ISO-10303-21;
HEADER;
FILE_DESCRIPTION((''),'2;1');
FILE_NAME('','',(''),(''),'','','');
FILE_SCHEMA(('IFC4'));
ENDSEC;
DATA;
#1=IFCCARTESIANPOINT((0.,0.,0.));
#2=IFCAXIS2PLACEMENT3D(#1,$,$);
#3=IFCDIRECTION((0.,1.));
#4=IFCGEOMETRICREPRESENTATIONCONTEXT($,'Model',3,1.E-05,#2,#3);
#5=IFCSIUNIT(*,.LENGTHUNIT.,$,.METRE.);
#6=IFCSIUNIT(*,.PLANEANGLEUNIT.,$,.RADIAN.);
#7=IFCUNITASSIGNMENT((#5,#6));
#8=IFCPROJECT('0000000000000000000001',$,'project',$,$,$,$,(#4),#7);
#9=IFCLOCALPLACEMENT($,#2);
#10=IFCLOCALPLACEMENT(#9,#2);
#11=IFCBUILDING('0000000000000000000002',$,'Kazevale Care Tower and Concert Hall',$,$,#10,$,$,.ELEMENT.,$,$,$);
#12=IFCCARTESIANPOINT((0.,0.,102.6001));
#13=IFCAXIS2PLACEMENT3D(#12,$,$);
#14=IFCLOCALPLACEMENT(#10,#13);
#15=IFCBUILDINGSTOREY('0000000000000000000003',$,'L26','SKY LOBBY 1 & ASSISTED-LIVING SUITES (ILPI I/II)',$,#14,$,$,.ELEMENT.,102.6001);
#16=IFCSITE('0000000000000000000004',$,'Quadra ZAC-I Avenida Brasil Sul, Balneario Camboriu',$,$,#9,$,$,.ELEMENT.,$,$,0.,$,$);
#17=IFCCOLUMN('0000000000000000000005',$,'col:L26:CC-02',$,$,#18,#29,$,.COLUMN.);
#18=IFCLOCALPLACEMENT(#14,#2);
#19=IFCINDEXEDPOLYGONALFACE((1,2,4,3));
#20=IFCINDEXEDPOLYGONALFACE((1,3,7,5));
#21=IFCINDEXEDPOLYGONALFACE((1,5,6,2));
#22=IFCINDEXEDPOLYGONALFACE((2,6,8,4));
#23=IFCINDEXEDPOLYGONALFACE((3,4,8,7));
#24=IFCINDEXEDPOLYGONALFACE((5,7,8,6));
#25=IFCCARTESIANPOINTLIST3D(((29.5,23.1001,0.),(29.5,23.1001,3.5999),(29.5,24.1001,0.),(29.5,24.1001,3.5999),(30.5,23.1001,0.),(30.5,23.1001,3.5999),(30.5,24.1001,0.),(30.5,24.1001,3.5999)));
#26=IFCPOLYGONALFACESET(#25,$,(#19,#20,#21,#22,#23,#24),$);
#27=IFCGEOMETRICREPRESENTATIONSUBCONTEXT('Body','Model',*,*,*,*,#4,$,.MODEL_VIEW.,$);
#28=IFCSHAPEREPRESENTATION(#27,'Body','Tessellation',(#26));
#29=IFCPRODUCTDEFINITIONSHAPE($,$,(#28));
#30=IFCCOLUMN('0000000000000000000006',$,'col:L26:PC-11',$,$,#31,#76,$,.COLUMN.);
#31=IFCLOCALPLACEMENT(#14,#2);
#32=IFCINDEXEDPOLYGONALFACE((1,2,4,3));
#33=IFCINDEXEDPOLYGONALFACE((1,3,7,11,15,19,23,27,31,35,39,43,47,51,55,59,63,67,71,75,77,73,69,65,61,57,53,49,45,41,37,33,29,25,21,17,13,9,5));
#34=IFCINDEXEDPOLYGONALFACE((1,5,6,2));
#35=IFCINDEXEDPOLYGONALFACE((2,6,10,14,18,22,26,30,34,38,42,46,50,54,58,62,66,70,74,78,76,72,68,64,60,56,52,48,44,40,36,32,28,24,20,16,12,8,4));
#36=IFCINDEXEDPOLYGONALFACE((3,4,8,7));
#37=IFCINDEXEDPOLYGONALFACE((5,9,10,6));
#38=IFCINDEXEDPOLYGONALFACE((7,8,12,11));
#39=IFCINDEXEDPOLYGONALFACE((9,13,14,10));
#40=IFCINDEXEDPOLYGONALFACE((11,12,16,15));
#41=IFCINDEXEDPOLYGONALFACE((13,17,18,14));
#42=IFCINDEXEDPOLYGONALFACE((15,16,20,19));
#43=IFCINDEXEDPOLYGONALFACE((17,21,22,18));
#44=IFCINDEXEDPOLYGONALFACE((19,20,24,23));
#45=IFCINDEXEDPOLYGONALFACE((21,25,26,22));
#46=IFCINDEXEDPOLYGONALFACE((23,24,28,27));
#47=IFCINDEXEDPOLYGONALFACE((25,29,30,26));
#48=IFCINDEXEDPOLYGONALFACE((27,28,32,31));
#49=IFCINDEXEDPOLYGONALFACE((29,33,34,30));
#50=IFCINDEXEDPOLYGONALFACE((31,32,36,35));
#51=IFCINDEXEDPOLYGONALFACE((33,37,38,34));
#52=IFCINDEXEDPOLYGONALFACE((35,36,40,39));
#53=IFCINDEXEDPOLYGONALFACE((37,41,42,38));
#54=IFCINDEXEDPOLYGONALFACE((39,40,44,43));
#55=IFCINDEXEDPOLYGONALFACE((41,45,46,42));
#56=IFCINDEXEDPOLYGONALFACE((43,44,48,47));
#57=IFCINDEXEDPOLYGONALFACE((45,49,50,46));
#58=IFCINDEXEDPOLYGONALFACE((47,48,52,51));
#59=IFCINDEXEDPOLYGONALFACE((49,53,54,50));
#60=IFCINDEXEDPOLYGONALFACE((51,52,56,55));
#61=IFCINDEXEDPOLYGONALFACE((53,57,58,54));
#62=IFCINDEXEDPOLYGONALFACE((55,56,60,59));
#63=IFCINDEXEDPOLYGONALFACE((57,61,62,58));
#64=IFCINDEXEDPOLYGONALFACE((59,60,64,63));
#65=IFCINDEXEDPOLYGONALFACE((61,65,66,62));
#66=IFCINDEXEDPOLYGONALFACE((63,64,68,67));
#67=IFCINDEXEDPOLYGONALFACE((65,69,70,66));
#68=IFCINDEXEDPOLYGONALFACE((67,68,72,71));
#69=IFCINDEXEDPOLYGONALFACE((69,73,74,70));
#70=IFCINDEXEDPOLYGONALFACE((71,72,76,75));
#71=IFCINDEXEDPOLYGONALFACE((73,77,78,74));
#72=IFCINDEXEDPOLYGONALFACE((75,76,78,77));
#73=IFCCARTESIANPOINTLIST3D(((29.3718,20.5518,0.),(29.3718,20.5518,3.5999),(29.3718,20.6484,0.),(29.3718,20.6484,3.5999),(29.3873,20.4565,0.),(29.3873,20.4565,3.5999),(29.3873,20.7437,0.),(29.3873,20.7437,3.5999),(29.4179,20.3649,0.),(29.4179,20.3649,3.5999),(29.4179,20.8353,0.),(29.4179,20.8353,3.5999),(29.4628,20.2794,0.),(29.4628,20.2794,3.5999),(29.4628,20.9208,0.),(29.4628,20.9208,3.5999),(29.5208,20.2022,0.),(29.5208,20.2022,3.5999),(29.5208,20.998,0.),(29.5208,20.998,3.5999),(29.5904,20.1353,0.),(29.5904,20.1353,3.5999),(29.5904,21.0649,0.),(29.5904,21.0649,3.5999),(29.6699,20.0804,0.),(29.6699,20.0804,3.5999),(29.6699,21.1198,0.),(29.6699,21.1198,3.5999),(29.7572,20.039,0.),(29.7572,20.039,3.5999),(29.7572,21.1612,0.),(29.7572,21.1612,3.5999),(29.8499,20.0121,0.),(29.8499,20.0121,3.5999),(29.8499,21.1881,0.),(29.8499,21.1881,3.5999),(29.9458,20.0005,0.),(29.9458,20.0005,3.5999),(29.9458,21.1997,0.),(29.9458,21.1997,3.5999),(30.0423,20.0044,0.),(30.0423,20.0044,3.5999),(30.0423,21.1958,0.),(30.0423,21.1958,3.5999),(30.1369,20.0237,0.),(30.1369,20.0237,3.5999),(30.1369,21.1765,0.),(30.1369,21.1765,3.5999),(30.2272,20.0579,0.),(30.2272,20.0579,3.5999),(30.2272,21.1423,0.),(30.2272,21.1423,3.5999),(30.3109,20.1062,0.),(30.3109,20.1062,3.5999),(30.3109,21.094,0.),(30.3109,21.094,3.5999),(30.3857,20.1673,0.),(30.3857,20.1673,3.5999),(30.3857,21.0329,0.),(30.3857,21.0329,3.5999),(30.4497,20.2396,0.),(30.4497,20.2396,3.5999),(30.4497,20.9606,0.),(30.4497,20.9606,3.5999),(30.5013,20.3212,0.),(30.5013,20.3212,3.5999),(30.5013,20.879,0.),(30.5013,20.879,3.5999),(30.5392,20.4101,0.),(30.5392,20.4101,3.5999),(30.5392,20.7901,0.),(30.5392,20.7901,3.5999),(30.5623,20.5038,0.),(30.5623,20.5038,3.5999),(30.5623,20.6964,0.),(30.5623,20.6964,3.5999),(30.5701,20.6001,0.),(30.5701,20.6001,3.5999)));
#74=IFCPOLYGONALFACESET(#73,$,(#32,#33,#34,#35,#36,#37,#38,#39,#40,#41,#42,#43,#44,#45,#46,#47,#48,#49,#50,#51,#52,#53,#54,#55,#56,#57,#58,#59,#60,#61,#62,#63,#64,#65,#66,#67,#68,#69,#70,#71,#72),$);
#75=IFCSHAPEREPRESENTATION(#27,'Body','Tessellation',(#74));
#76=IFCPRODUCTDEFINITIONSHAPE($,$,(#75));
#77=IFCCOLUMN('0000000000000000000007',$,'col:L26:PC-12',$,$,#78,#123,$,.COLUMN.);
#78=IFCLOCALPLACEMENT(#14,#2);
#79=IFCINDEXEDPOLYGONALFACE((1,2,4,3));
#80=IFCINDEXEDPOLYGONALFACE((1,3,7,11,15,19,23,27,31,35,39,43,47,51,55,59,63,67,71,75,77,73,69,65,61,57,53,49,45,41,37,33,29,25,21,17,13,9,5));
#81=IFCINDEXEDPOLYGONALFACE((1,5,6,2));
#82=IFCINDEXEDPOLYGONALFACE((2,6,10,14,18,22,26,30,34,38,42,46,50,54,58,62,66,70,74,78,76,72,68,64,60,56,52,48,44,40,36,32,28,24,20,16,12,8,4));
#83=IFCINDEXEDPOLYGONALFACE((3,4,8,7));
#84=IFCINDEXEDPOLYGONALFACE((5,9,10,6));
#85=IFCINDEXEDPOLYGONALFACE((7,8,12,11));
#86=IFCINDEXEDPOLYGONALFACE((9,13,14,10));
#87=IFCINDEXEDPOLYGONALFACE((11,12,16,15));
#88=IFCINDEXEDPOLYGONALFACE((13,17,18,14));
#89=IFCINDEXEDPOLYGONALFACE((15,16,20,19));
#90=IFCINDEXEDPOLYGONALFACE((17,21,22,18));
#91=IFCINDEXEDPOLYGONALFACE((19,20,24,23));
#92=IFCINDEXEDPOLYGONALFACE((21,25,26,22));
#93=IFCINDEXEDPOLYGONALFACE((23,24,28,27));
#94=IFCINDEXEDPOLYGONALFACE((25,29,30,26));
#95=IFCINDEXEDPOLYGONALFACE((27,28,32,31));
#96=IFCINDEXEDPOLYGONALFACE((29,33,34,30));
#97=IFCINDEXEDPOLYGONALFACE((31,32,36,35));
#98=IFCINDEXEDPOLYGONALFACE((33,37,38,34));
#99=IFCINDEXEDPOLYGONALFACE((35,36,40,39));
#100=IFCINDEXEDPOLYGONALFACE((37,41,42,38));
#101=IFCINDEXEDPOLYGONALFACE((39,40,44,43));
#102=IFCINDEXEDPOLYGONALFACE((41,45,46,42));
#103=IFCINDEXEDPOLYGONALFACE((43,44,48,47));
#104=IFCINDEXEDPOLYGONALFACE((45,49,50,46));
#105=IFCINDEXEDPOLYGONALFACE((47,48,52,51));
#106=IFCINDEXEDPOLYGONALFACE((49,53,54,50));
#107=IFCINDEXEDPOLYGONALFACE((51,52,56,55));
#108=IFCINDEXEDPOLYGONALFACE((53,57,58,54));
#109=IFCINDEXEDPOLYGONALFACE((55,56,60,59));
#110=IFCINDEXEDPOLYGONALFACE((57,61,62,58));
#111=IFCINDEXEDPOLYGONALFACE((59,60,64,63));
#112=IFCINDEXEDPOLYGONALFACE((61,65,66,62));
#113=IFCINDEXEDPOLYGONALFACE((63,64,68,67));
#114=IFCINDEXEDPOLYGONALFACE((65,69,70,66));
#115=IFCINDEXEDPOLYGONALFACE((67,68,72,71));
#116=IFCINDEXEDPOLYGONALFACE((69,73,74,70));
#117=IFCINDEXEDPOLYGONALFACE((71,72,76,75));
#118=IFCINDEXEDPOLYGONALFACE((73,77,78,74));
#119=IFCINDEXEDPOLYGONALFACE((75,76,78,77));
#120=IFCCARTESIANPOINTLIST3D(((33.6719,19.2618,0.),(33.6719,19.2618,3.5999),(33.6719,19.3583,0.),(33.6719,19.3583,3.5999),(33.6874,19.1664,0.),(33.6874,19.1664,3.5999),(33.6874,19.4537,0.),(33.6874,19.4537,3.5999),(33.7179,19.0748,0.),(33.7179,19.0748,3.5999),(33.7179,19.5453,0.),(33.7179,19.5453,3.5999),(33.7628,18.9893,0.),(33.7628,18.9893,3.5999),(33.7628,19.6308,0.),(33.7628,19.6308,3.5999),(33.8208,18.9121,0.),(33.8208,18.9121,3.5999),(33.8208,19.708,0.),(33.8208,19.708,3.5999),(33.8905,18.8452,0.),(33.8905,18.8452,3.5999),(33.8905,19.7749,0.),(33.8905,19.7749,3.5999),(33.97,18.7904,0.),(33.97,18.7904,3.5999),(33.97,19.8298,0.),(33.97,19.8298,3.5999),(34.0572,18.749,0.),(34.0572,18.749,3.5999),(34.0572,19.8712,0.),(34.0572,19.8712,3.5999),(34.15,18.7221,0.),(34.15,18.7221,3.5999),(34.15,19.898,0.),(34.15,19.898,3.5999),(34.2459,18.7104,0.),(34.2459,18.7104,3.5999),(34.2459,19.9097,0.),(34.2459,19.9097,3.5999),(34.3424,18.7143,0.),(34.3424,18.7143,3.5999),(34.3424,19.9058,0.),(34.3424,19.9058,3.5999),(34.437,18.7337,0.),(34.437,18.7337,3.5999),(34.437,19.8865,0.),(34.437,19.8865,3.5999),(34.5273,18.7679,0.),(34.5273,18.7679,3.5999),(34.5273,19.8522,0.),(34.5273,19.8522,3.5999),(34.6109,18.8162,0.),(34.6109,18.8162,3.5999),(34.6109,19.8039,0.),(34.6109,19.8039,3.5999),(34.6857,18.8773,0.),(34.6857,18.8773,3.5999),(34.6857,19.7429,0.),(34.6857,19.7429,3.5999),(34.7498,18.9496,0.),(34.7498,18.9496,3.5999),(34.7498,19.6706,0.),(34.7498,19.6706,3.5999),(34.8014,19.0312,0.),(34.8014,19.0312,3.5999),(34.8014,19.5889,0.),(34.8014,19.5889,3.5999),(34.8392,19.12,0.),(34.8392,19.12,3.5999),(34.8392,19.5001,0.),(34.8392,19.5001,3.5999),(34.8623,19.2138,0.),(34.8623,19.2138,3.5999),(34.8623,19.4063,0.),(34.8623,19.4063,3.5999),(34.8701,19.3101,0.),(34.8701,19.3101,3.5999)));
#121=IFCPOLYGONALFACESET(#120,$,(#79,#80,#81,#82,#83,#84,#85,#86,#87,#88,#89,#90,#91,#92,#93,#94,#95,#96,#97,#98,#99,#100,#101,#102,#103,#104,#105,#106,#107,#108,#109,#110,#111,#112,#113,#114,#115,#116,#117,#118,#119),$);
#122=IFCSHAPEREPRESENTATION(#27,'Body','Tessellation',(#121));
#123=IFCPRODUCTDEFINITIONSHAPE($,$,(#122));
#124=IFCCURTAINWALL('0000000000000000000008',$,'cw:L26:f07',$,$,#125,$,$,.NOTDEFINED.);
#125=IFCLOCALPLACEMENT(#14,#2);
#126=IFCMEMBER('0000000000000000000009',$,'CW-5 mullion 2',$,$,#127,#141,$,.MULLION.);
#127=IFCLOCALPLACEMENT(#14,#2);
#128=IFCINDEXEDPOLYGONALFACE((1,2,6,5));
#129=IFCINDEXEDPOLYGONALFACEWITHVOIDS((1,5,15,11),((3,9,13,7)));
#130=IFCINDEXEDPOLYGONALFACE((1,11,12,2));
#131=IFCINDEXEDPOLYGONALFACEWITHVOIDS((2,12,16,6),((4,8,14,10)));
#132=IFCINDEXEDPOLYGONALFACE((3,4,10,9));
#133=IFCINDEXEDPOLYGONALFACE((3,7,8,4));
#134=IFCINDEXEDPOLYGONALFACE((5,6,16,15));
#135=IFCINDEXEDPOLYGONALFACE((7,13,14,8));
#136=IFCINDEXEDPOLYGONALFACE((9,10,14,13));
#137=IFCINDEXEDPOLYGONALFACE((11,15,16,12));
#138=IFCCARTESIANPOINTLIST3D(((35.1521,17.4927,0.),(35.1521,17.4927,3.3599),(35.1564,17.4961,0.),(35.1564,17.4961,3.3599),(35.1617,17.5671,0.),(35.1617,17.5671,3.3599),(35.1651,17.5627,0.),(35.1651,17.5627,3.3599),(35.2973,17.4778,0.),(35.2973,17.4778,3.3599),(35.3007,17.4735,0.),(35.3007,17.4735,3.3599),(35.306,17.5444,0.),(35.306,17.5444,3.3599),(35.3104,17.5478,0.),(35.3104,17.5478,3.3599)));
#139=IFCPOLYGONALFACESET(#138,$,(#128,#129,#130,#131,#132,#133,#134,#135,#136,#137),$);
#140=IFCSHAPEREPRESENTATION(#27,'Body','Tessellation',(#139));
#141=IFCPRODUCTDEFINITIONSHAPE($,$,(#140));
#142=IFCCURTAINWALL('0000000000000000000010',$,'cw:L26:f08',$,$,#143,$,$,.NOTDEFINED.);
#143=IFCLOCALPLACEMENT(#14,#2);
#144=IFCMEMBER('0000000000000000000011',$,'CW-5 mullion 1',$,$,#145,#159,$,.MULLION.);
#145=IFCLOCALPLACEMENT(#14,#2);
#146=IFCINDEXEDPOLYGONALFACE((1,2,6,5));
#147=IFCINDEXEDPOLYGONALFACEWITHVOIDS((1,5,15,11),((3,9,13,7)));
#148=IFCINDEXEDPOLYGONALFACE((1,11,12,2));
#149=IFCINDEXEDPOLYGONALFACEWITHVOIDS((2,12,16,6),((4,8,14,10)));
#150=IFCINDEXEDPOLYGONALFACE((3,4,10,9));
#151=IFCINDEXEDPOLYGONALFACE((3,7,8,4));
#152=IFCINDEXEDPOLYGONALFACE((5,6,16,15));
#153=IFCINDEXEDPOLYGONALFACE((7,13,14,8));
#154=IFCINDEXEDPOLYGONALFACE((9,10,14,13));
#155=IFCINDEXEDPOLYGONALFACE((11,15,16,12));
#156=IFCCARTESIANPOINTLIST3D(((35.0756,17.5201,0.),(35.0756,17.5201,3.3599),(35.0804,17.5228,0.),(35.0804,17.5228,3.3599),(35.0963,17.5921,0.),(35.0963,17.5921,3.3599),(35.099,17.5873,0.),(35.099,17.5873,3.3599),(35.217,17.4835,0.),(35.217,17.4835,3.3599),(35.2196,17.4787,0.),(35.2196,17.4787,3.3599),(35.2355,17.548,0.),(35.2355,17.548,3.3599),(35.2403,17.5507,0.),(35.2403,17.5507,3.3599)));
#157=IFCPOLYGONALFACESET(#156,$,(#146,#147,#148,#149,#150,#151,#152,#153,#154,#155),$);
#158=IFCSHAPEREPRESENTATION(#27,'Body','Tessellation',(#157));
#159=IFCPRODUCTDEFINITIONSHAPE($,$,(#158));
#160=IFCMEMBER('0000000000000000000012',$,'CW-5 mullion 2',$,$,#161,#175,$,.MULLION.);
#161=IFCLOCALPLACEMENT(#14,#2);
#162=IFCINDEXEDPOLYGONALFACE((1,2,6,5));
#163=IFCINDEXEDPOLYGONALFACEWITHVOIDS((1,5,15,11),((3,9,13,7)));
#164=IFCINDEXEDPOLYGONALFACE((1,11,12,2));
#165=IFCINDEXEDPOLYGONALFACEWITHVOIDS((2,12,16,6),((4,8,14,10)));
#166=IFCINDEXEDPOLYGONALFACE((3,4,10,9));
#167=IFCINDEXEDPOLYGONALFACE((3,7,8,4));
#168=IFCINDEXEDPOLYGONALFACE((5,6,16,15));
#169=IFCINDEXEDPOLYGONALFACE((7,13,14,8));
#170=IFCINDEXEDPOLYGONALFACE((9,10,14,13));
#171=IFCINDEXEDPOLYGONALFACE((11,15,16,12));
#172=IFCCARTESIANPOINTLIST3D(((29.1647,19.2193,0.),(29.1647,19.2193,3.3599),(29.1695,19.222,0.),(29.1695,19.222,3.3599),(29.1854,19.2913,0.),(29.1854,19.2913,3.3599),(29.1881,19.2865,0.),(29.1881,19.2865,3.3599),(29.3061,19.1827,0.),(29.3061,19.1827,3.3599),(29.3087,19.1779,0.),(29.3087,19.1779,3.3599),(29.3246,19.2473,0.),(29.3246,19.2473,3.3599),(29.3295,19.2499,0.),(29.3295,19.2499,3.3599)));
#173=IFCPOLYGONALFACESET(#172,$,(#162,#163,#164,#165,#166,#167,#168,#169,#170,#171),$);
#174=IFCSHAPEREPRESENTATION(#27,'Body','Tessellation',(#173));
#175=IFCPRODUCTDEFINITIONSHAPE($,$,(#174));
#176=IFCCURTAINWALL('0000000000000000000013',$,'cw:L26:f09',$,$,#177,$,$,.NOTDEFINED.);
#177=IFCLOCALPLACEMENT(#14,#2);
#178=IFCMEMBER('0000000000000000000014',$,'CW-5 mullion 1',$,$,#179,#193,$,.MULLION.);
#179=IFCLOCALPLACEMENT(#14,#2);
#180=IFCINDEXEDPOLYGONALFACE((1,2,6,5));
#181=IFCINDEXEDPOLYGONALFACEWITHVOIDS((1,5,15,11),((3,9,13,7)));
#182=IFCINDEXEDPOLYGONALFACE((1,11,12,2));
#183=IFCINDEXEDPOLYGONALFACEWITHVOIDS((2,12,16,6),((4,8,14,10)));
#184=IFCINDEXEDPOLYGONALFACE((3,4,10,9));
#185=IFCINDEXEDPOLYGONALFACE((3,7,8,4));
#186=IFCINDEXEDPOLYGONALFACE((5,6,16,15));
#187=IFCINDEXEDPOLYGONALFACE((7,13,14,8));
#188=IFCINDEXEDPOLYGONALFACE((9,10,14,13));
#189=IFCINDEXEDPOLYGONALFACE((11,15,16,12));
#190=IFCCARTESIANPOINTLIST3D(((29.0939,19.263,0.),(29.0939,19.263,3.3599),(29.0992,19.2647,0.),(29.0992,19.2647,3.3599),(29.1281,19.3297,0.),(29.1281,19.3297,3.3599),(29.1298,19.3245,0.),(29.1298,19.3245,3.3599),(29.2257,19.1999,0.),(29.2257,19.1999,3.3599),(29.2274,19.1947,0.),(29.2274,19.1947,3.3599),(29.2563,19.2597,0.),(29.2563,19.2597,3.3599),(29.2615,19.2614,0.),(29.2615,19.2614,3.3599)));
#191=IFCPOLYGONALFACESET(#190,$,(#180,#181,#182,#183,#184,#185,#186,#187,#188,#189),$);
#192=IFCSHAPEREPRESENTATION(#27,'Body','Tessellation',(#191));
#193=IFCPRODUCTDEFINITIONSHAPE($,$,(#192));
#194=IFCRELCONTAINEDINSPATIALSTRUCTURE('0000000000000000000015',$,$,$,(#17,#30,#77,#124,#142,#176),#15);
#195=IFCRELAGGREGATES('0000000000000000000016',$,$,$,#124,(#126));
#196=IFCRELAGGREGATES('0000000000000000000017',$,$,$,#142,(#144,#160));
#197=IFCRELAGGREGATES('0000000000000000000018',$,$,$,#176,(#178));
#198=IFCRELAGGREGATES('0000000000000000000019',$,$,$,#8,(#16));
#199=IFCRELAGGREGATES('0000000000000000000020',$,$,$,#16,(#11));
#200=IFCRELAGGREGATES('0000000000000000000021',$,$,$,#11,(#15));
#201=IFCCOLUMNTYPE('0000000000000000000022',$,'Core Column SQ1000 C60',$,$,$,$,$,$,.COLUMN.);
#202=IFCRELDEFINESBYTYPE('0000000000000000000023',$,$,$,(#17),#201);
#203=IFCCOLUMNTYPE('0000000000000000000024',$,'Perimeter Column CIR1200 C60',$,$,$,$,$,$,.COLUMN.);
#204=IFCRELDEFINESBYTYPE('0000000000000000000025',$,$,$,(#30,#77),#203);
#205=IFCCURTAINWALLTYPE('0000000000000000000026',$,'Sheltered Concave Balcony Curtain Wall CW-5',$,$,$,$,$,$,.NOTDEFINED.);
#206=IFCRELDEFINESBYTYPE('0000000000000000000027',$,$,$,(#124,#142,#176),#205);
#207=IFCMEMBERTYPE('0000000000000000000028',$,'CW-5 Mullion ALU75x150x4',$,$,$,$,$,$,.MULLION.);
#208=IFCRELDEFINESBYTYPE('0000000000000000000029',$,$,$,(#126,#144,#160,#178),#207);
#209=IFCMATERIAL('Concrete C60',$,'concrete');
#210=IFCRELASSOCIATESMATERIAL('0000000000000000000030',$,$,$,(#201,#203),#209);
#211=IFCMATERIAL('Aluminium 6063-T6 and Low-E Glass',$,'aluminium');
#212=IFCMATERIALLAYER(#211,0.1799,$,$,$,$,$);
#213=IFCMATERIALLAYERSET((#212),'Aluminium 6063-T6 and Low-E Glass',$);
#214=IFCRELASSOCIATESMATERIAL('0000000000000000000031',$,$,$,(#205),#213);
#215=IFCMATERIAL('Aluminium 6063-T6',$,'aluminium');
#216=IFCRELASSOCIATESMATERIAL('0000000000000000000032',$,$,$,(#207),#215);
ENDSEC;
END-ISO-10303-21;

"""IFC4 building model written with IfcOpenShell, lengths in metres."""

from ifc_helpers import new_model, si_unit, direction, frame, origin, origin_2d, place, context, subcontext, project, spatial, rectangle, hollow_rectangle, circle, extrude, material, layer, layer_set, material_profile, profile_set, type_object, element, aggregate, save


model = new_model("IFC4")

# Units and contexts
model_context = context("Model", 3, precision=1e-05, world=origin(), true_north=direction((0.0, 1.0)))
body_context = subcontext(model_context, "Body", "Model", "MODEL_VIEW")
ifc_project = project(units=[si_unit("LENGTHUNIT", "METRE"), si_unit("PLANEANGLEUNIT", "RADIAN")], contexts=[model_context])

# Site, building, storey
site_placement = place(None, origin())
site = spatial("IfcSite", under=ifc_project, at=site_placement, Name="Quadra ZAC-I Avenida Brasil Sul, Balneario Camboriu", CompositionType="ELEMENT", RefElevation=0.0)
building_placement = place(site_placement, origin())
building = spatial("IfcBuilding", under=site, at=building_placement, Name="Kazevale Care Tower and Concert Hall", CompositionType="ELEMENT")
storey_placement = place(building_placement, frame((0.0, 0.0, 102.6001)))
storey = spatial("IfcBuildingStorey", under=building, at=storey_placement, Name="L26", Description="SKY LOBBY 1 & ASSISTED-LIVING SUITES (ILPI I/II)", CompositionType="ELEMENT", Elevation=102.6001)

# Columns
ifc_material_1 = material(Name="Concrete C60", Category="concrete")
ifc_material_profile_1 = material_profile(ifc_material_1, rectangle(XDim=1.0, YDim=1.0, at=origin_2d()), Name="RC-SQ1000")
ifc_profile_set_1 = profile_set([ifc_material_profile_1], Name="Concrete C60")
column_type_1 = type_object("IfcColumnType", Name="Core Column SQ1000 C60", PredefinedType="COLUMN", material=ifc_profile_set_1)
column_placement = place(storey_placement, frame((30.0, 23.6001, 0.0), z_axis=(0.0, 0.0, 1.0), x_axis=(1.0, 0.0, 0.0)))
element("IfcColumn", 1, at=column_placement, inside=storey, type_object=column_type_1, Name="col:L26:CC-02", PredefinedType="COLUMN", context=body_context, shape_type="SweptSolid", body=[
    extrude(rectangle(XDim=1.0, YDim=1.0, at=origin_2d()), origin(), (0.0, 0.0, 1.0), 3.5999),
])
ifc_material_profile_2 = material_profile(ifc_material_1, circle(Radius=0.6001, at=origin_2d()), Name="RC-CIR1200")
ifc_profile_set_2 = profile_set([ifc_material_profile_2], Name="Concrete C60")
column_type_2 = type_object("IfcColumnType", Name="Perimeter Column CIR1200 C60", PredefinedType="COLUMN", material=ifc_profile_set_2)
for number, where, z_axis, x_axis, name in (
    (2, (29.97, 20.6001, 0.0), (0.0, 0.0, 1.0), (1.0, 0.0, 0.0), "col:L26:PC-11"),
    (3, (34.27, 19.3101, 0.0), (0.0, 0.0, 1.0), (1.0, 0.0, 0.0), "col:L26:PC-12"),
):
    element("IfcColumn", number, at=place(storey_placement, frame(where, z_axis=z_axis, x_axis=x_axis)), inside=storey, type_object=column_type_2, Name=name, PredefinedType="COLUMN", context=body_context, shape_type="SweptSolid", body=[
        extrude(circle(Radius=0.6001, at=origin_2d()), origin(), (0.0, 0.0, 1.0), 3.5999),
    ])

# Curtain wall, member
ifc_material_2 = material(Name="Aluminium 6063-T6 and Low-E Glass", Category="aluminium")
ifc_layer_1 = layer(ifc_material_2, 0.1799)
ifc_layer_set_1 = layer_set([ifc_layer_1], Name="Aluminium 6063-T6 and Low-E Glass")
curtain_wall_type = type_object("IfcCurtainWallType", Name="Sheltered Concave Balcony Curtain Wall CW-5", PredefinedType="NOTDEFINED", material=ifc_layer_set_1)
curtain_wall_1_placement = place(storey_placement, origin())
curtain_wall_1 = element("IfcCurtainWall", 4, at=curtain_wall_1_placement, inside=storey, type_object=curtain_wall_type, Name="cw:L26:f07", PredefinedType="NOTDEFINED")
ifc_material_3 = material(Name="Aluminium 6063-T6", Category="aluminium")
ifc_material_profile_3 = material_profile(ifc_material_3, hollow_rectangle(XDim=0.075, YDim=0.1499, WallThickness=0.0039, at=origin_2d()), Name="ALU75x150x4")
ifc_profile_set_3 = profile_set([ifc_material_profile_3], Name="Aluminium 6063-T6")
member_type_1 = type_object("IfcMemberType", Name="CW-5 Mullion ALU75x150x4", PredefinedType="MULLION", material=ifc_profile_set_3)
member_1_placement = place(storey_placement, frame((35.2312, 17.5203, 0.0), z_axis=(0.0, 0.0, 1.0), x_axis=(-0.128685, -0.991686, 0.0)))
member_1 = element("IfcMember", 5, at=member_1_placement, type_object=member_type_1, Name="CW-5 mullion 2", PredefinedType="MULLION", context=body_context, shape_type="SweptSolid", body=[
    extrude(hollow_rectangle(XDim=0.075, YDim=0.1499, WallThickness=0.0039, at=origin_2d()), origin(), (0.0, 0.0, 1.0), 3.3599),
])
aggregate(curtain_wall_1, [member_1])

# Curtain wall, members
curtain_wall_2_placement = place(storey_placement, origin())
curtain_wall_2 = element("IfcCurtainWall", 6, at=curtain_wall_2_placement, inside=storey, type_object=curtain_wall_type, Name="cw:L26:f08", PredefinedType="NOTDEFINED")
member_2_placement = place(storey_placement, frame((35.158, 17.5354, 0.0), z_axis=(0.0, 0.0, 1.0), x_axis=(-0.276291, -0.961074, 0.0)))
member_2 = element("IfcMember", 7, at=member_2_placement, type_object=member_type_1, Name="CW-5 mullion 1", PredefinedType="MULLION", context=body_context, shape_type="SweptSolid", body=[
    extrude(hollow_rectangle(XDim=0.075, YDim=0.1499, WallThickness=0.0039, at=origin_2d()), origin(), (0.0, 0.0, 1.0), 3.3599),
])
member_3_placement = place(storey_placement, frame((29.2471, 19.2346, 0.0), z_axis=(0.0, 0.0, 1.0), x_axis=(-0.276291, -0.961074, 0.0)))
member_3 = element("IfcMember", 8, at=member_3_placement, type_object=member_type_1, Name="CW-5 mullion 2", PredefinedType="MULLION", context=body_context, shape_type="SweptSolid", body=[
    extrude(hollow_rectangle(XDim=0.075, YDim=0.1499, WallThickness=0.0039, at=origin_2d()), origin(), (0.0, 0.0, 1.0), 3.3599),
])

# Curtain wall, member
curtain_wall_3_placement = place(storey_placement, origin())
curtain_wall_3 = element("IfcCurtainWall", 9, at=curtain_wall_3_placement, inside=storey, type_object=curtain_wall_type, Name="cw:L26:f09", PredefinedType="NOTDEFINED")
member_4_placement = place(storey_placement, frame((29.1777, 19.2622, 0.0), z_axis=(0.0, 0.0, 1.0), x_axis=(-0.455713, -0.890127, 0.0)))
member_4 = element("IfcMember", 10, at=member_4_placement, type_object=member_type_1, Name="CW-5 mullion 1", PredefinedType="MULLION", context=body_context, shape_type="SweptSolid", body=[
    extrude(hollow_rectangle(XDim=0.075, YDim=0.1499, WallThickness=0.0039, at=origin_2d()), origin(), (0.0, 0.0, 1.0), 3.3599),
])

aggregate(curtain_wall_2, [member_2, member_3])
aggregate(curtain_wall_3, [member_4])

save(model, "model.ifc")
